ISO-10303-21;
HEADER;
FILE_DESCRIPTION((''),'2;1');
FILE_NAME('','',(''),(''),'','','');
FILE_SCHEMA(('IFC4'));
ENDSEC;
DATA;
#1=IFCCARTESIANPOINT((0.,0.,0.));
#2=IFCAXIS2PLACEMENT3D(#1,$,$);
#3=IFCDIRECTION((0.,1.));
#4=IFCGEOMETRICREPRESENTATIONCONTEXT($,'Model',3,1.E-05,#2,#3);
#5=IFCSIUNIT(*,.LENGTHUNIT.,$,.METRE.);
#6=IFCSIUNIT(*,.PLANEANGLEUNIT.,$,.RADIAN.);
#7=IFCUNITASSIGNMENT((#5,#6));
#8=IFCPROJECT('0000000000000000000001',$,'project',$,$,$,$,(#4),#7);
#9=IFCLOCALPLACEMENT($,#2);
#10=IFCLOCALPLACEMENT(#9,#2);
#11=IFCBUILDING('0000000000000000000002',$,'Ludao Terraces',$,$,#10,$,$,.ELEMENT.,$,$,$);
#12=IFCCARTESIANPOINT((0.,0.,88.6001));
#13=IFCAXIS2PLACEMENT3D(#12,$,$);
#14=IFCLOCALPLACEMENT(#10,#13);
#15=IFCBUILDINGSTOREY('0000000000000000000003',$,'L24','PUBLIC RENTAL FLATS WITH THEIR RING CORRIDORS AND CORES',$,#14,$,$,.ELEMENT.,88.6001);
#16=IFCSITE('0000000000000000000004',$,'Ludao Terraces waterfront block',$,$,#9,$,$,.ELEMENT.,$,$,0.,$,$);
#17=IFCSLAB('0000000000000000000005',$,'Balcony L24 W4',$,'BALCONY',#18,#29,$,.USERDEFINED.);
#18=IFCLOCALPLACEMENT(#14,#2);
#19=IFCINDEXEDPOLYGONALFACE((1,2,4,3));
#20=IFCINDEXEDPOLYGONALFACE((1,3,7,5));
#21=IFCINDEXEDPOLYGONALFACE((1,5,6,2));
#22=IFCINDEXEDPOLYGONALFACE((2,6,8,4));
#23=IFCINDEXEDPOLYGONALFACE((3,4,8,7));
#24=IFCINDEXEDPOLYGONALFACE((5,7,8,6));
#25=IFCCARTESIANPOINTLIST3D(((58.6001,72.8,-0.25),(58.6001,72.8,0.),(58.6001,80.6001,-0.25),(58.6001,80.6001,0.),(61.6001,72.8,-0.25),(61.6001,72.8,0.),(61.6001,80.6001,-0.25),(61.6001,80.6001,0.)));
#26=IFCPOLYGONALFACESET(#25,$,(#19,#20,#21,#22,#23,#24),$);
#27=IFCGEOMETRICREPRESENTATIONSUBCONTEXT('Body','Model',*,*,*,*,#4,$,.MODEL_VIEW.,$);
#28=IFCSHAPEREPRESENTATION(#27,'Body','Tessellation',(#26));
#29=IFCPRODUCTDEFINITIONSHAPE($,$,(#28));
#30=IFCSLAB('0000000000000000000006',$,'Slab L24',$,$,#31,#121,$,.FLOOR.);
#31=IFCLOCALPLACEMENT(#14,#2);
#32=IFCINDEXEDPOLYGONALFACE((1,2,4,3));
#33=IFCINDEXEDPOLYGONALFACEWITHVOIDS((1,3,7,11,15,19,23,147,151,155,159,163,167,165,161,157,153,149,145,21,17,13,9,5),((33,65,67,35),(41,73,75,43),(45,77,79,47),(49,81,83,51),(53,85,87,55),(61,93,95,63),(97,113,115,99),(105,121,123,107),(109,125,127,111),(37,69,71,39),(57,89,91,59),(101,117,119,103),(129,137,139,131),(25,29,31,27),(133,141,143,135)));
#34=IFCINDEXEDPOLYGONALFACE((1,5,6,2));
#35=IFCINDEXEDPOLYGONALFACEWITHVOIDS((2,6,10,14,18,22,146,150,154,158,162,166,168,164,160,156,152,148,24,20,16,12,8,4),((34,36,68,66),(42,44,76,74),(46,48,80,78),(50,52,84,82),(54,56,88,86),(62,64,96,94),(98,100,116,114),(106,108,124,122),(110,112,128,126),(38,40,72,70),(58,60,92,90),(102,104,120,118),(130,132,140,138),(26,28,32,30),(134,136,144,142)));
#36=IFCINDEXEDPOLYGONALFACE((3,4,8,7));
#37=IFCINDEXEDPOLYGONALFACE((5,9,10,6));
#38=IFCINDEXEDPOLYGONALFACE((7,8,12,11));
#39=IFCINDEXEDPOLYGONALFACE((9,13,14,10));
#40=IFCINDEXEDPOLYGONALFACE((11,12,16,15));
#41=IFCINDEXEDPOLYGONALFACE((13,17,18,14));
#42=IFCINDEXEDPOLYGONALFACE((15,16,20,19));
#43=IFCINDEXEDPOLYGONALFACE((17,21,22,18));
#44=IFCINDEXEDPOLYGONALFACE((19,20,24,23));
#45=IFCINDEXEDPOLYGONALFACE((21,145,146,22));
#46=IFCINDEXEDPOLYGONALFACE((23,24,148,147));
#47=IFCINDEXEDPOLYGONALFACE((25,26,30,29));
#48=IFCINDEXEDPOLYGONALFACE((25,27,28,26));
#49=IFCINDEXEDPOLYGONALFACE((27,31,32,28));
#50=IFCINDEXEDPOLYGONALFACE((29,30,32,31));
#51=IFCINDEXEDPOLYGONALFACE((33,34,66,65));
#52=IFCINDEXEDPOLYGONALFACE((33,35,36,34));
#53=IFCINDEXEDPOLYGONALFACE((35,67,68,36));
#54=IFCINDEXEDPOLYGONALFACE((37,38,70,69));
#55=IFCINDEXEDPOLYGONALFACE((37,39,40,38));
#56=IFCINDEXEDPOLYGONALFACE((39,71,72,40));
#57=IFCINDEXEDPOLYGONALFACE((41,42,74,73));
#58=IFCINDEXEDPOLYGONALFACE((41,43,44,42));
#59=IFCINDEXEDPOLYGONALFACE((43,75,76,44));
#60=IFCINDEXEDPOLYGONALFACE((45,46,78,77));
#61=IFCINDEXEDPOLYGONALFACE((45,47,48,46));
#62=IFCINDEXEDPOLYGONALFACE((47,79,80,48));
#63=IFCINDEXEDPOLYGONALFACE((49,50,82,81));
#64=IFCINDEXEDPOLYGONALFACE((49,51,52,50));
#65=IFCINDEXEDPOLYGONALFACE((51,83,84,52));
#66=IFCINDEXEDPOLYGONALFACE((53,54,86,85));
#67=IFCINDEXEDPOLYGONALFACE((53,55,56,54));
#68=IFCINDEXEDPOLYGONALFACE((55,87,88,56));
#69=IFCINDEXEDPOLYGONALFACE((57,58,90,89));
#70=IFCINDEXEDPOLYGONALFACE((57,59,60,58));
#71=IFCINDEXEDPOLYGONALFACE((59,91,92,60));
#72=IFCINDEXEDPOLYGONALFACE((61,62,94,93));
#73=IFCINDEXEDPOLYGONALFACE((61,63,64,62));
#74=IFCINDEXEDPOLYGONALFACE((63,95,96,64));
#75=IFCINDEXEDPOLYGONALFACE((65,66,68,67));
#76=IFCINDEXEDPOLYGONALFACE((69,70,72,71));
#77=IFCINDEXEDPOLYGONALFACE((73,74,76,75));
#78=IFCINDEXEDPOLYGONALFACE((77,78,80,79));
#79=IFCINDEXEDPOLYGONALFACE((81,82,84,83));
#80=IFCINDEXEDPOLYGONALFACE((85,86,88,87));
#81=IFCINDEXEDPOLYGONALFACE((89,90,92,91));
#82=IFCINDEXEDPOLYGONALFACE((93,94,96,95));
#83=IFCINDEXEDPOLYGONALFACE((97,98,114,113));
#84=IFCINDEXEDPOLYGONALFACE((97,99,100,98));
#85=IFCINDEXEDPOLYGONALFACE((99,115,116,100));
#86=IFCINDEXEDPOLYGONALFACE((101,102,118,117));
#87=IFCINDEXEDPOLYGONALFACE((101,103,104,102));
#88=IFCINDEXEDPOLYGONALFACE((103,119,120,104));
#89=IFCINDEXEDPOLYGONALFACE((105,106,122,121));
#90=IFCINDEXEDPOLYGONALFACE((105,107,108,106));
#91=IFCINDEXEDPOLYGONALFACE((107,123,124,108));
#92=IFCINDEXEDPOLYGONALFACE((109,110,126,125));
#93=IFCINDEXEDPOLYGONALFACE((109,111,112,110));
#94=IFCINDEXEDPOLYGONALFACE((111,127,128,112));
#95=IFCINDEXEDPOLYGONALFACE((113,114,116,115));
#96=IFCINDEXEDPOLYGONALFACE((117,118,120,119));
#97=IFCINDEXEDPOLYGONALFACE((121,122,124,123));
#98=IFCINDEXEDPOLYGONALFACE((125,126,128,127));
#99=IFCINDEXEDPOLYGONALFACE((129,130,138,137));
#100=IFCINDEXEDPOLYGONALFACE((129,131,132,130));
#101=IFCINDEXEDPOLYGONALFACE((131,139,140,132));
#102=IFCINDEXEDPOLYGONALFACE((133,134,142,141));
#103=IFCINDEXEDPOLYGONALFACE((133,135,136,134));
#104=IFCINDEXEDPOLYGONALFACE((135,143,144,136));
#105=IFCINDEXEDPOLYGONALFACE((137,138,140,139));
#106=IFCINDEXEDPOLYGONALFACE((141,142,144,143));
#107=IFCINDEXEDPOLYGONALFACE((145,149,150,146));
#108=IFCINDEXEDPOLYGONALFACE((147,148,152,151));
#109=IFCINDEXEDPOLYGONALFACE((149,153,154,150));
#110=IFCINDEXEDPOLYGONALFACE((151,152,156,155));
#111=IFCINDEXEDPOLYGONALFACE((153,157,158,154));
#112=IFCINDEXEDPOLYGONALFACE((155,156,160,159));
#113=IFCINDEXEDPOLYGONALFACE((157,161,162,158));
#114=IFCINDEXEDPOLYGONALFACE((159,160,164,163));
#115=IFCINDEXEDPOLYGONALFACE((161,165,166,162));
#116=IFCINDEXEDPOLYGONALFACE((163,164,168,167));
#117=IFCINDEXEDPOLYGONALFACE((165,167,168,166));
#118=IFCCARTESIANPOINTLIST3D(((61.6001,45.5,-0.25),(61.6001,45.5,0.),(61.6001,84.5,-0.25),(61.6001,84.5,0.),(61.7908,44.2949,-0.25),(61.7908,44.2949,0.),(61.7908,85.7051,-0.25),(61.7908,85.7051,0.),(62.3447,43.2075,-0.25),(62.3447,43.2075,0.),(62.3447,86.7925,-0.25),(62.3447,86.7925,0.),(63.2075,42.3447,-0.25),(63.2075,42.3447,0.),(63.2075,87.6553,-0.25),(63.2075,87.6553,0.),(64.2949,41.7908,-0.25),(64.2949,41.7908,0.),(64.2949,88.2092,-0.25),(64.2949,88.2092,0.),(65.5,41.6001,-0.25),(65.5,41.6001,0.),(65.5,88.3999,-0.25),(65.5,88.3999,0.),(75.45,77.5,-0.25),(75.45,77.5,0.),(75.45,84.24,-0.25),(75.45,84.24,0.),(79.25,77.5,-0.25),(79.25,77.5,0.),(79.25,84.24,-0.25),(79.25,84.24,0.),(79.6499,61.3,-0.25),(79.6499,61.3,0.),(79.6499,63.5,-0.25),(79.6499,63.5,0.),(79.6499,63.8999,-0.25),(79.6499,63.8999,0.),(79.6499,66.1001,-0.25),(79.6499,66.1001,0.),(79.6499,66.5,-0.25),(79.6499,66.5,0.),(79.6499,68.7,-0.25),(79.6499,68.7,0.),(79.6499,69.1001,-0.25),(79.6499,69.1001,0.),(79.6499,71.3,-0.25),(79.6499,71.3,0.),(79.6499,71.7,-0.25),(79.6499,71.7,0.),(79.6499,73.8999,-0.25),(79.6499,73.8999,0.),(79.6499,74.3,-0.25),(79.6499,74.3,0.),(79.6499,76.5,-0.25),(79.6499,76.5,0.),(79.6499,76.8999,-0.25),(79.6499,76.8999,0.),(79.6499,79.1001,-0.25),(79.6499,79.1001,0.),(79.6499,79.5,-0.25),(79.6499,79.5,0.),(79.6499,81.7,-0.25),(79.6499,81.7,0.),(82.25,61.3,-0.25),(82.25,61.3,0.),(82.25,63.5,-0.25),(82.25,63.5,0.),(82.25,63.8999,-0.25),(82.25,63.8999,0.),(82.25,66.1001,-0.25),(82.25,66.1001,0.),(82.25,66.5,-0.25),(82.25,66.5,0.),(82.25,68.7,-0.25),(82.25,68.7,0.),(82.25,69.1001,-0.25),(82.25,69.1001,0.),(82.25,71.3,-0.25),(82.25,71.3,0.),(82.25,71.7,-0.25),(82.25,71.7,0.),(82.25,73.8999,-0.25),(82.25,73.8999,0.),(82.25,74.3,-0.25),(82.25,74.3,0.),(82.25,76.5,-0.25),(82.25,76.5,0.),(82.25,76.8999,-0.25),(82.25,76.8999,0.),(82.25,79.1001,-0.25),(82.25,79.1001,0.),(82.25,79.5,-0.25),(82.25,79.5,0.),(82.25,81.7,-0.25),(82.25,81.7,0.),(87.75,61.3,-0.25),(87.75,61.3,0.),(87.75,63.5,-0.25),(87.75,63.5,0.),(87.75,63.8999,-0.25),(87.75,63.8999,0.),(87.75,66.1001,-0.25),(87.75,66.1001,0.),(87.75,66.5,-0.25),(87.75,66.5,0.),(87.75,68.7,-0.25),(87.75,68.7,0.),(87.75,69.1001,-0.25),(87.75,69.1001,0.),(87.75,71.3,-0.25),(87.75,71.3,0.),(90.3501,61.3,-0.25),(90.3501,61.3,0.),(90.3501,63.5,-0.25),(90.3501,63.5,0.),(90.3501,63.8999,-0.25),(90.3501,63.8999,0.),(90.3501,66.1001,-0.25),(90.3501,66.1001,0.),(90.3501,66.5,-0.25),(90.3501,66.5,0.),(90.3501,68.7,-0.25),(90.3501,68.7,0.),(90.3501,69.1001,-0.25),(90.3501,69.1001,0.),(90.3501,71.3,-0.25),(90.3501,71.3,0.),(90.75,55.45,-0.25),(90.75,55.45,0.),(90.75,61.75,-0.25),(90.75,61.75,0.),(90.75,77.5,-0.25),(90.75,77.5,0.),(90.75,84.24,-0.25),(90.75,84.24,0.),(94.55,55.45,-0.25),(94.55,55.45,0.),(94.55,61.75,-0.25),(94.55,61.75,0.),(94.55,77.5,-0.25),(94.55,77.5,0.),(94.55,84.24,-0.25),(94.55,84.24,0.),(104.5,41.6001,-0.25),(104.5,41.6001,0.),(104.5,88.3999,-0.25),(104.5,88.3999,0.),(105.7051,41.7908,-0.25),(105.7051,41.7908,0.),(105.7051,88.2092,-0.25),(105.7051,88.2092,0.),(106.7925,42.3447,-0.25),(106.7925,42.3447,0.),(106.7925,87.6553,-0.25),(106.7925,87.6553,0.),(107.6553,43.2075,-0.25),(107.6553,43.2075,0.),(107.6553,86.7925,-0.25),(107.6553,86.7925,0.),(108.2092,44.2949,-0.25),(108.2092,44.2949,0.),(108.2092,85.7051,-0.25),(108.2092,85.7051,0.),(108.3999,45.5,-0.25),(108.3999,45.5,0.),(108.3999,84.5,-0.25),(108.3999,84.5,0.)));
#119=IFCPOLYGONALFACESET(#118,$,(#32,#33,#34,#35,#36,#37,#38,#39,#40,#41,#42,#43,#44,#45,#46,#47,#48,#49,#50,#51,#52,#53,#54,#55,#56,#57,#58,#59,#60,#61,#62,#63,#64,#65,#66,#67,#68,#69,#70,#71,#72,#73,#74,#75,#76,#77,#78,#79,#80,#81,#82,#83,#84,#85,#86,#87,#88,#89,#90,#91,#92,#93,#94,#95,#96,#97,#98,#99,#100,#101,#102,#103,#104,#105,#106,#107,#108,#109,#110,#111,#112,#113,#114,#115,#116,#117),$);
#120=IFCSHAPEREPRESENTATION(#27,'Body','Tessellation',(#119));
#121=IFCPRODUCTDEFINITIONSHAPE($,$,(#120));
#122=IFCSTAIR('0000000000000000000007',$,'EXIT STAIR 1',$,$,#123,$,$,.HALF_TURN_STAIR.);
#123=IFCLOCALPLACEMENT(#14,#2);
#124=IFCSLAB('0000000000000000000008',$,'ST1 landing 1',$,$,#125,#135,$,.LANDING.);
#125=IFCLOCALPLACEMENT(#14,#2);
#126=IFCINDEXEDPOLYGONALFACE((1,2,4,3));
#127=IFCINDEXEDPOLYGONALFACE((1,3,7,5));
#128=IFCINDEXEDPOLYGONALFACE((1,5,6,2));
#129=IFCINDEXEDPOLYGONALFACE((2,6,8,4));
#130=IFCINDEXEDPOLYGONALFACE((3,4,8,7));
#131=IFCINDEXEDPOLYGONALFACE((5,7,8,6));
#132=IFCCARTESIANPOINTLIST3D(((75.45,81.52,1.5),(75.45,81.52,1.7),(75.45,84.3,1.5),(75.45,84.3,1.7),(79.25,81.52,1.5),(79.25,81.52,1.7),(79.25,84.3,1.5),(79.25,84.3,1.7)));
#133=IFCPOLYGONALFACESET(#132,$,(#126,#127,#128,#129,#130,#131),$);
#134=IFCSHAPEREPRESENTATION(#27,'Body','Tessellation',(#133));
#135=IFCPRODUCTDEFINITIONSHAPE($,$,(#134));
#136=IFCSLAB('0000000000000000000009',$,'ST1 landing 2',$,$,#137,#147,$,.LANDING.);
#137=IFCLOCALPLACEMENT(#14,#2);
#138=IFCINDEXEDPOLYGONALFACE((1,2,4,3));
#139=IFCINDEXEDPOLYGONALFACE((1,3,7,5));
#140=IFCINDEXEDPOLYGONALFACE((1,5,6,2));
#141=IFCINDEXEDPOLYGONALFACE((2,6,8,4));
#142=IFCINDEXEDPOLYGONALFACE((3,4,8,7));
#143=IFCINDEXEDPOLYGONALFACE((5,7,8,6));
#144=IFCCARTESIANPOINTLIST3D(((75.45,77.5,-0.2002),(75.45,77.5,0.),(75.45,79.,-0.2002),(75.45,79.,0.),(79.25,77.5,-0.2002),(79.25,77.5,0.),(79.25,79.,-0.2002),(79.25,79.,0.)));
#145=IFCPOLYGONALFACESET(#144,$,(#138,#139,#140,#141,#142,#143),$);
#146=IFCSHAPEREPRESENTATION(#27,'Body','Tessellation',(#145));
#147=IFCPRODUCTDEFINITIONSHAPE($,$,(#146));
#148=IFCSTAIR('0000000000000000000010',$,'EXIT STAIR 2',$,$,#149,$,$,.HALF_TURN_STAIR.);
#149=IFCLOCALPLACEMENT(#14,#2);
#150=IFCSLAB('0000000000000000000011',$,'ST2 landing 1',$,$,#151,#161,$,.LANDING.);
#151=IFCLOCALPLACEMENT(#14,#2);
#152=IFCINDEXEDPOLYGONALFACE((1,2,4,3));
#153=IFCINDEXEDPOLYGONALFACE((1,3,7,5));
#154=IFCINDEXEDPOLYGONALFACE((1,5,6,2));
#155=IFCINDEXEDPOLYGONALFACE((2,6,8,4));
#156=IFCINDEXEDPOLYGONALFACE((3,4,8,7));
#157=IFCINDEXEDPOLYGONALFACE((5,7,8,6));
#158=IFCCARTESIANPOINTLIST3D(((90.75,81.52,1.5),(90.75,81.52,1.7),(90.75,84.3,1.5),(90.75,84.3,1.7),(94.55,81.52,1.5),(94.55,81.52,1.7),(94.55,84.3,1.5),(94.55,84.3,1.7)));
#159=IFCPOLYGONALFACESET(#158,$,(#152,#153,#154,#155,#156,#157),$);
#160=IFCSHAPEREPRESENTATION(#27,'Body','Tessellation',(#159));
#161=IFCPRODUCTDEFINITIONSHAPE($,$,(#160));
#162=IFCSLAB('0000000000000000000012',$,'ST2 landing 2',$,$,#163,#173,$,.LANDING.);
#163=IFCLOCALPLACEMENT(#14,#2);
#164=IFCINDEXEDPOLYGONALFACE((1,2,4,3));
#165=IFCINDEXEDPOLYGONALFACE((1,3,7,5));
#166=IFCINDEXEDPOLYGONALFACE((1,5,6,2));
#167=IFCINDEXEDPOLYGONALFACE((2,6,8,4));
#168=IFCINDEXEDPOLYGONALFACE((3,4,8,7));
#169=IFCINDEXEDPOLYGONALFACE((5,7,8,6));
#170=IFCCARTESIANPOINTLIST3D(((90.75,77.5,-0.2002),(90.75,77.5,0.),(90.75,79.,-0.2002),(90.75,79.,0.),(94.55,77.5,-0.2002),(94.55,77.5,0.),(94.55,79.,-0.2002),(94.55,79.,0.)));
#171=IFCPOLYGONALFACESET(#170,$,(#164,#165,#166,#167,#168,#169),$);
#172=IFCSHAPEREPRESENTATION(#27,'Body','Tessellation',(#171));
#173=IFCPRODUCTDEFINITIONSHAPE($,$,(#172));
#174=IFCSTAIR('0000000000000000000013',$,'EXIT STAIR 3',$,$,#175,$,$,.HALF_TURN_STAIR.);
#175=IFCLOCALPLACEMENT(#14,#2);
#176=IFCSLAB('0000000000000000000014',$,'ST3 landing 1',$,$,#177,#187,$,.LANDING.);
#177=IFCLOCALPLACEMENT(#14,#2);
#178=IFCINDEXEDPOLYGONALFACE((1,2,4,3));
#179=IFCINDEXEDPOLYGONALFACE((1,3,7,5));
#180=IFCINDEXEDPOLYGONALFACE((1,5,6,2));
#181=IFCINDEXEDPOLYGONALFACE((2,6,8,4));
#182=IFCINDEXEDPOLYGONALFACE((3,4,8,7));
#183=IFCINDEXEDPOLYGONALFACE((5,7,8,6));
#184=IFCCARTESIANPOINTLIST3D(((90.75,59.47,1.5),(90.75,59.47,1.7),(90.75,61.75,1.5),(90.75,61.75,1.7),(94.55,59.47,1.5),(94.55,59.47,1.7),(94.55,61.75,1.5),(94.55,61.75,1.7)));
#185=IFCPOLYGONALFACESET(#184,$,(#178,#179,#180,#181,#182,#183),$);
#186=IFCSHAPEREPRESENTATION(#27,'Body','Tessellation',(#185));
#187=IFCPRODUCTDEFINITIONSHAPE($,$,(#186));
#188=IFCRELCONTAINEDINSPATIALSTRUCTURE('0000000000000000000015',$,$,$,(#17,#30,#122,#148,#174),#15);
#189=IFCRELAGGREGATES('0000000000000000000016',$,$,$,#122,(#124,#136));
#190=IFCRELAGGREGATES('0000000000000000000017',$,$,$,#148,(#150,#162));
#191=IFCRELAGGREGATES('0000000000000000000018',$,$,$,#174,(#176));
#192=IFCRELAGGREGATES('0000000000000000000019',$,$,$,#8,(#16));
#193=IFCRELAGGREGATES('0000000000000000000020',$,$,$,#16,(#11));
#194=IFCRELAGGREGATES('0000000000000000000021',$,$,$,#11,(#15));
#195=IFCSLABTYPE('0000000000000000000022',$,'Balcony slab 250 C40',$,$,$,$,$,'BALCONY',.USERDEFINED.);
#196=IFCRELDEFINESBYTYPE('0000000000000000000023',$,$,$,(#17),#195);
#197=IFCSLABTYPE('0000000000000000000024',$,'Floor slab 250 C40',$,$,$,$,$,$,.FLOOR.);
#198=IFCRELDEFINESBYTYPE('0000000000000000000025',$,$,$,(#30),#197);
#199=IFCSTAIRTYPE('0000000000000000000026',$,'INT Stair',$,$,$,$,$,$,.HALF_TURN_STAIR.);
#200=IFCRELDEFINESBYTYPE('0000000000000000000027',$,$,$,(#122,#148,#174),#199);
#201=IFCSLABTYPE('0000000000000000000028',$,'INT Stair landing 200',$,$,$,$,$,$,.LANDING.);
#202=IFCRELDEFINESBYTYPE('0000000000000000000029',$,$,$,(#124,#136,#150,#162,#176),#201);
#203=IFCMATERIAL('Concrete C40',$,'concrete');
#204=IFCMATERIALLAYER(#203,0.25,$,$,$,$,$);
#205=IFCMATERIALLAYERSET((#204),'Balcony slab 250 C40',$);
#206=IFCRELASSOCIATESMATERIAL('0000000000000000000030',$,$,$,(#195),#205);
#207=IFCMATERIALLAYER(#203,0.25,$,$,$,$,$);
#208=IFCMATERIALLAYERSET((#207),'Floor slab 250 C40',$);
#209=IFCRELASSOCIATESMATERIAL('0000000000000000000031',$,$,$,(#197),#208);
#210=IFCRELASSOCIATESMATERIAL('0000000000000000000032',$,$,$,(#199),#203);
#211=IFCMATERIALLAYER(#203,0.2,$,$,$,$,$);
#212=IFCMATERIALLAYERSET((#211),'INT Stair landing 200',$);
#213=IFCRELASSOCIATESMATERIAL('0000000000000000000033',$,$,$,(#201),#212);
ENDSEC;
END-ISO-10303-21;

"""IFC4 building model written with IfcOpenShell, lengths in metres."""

from ifc_helpers import new_model, si_unit, direction, frame, origin, place, context, subcontext, project, spatial, polyline, outline, extrude, material, layer, layer_set, type_object, element, aggregate, save


model = new_model("IFC4")

# Units and contexts
model_context = context("Model", 3, precision=1e-05, world=origin(), true_north=direction((0.0, 1.0)))
body_context = subcontext(model_context, "Body", "Model", "MODEL_VIEW")
ifc_project = project(units=[si_unit("LENGTHUNIT", "METRE"), si_unit("PLANEANGLEUNIT", "RADIAN")], contexts=[model_context])

# Site, building, storey
site_placement = place(None, origin())
site = spatial("IfcSite", under=ifc_project, at=site_placement, Name="Ludao Terraces waterfront block", CompositionType="ELEMENT", RefElevation=0.0)
building_placement = place(site_placement, origin())
building = spatial("IfcBuilding", under=site, at=building_placement, Name="Ludao Terraces", CompositionType="ELEMENT")
storey_placement = place(building_placement, frame((0.0, 0.0, 88.6001)))
storey = spatial("IfcBuildingStorey", under=building, at=storey_placement, Name="L24", Description="PUBLIC RENTAL FLATS WITH THEIR RING CORRIDORS AND CORES", CompositionType="ELEMENT", Elevation=88.6001)

# Shared definitions
ifc_material_1 = material(Name="Concrete C40", Category="concrete")

# Slabs
ifc_layer_1 = layer(ifc_material_1, 0.25)
ifc_layer_set_1 = layer_set([ifc_layer_1], Name="Balcony slab 250 C40")
slab_type_1 = type_object("IfcSlabType", Name="Balcony slab 250 C40", ElementType="BALCONY", PredefinedType="USERDEFINED", material=ifc_layer_set_1)
slab_1_placement = place(storey_placement, frame((0.0, 0.0, -0.25)))
element("IfcSlab", 1, at=slab_1_placement, inside=storey, type_object=slab_type_1, Name="Balcony L24 W4", ObjectType="BALCONY", PredefinedType="USERDEFINED", context=body_context, shape_type="SweptSolid", body=[
    extrude(outline(polyline([(58.6001, 72.8), (61.6001, 72.8), (61.6001, 80.6001), (58.6001, 80.6001), (58.6001, 72.8)])), origin(), (0.0, 0.0, 1.0), 0.25),
])
ifc_layer_2 = layer(ifc_material_1, 0.25)
ifc_layer_set_2 = layer_set([ifc_layer_2], Name="Floor slab 250 C40")
slab_type_2 = type_object("IfcSlabType", Name="Floor slab 250 C40", PredefinedType="FLOOR", material=ifc_layer_set_2)
slab_2_placement = place(storey_placement, frame((0.0, 0.0, -0.25)))
element("IfcSlab", 2, at=slab_2_placement, inside=storey, type_object=slab_type_2, Name="Slab L24", PredefinedType="FLOOR", context=body_context, shape_type="SweptSolid", body=[
    extrude(outline(polyline([(104.5, 41.6001), (105.7051, 41.7908), (106.7925, 42.3447), (107.6553, 43.2075), (108.2092, 44.2949), (108.3999, 45.5), (108.3999, 84.5), (108.2092, 85.7051), (107.6553, 86.7925), (106.7925, 87.6553), (105.7051, 88.2092), (104.5, 88.3999), (65.5, 88.3999), (64.2949, 88.2092), (63.2075, 87.6553), (62.3447, 86.7925), (61.7908, 85.7051), (61.6001, 84.5), (61.6001, 45.5), (61.7908, 44.2949), (62.3447, 43.2075), (63.2075, 42.3447), (64.2949, 41.7908), (65.5, 41.6001), (104.5, 41.6001)]), holes=[polyline([(79.6499, 61.3), (82.25, 61.3), (82.25, 63.5), (79.6499, 63.5), (79.6499, 61.3)]), polyline([(79.6499, 63.8999), (82.25, 63.8999), (82.25, 66.1001), (79.6499, 66.1001), (79.6499, 63.8999)]), polyline([(79.6499, 66.5), (82.25, 66.5), (82.25, 68.7), (79.6499, 68.7), (79.6499, 66.5)]), polyline([(79.6499, 69.1001), (82.25, 69.1001), (82.25, 71.3), (79.6499, 71.3), (79.6499, 69.1001)]), polyline([(79.6499, 71.7), (82.25, 71.7), (82.25, 73.8999), (79.6499, 73.8999), (79.6499, 71.7)]), polyline([(79.6499, 74.3), (82.25, 74.3), (82.25, 76.5), (79.6499, 76.5), (79.6499, 74.3)]), polyline([(79.6499, 76.8999), (82.25, 76.8999), (82.25, 79.1001), (79.6499, 79.1001), (79.6499, 76.8999)]), polyline([(79.6499, 79.5), (82.25, 79.5), (82.25, 81.7), (79.6499, 81.7), (79.6499, 79.5)]), polyline([(87.75, 61.3), (90.3501, 61.3), (90.3501, 63.5), (87.75, 63.5), (87.75, 61.3)]), polyline([(87.75, 63.8999), (90.3501, 63.8999), (90.3501, 66.1001), (87.75, 66.1001), (87.75, 63.8999)]), polyline([(87.75, 66.5), (90.3501, 66.5), (90.3501, 68.7), (87.75, 68.7), (87.75, 66.5)]), polyline([(87.75, 69.1001), (90.3501, 69.1001), (90.3501, 71.3), (87.75, 71.3), (87.75, 69.1001)]), polyline([(75.45, 77.5), (79.25, 77.5), (79.25, 84.24), (75.45, 84.24), (75.45, 77.5)]), polyline([(90.75, 77.5), (94.55, 77.5), (94.55, 84.24), (90.75, 84.24), (90.75, 77.5)]), polyline([(90.75, 55.45), (94.55, 55.45), (94.55, 61.75), (90.75, 61.75), (90.75, 55.45)])]), origin(), (0.0, 0.0, 1.0), 0.25),
])

# Stairs, slabs
stair_type = type_object("IfcStairType", Name="INT Stair", PredefinedType="HALF_TURN_STAIR", material=ifc_material_1)
stair_1_placement = place(storey_placement, origin())
stair_1 = element("IfcStair", 3, at=stair_1_placement, inside=storey, type_object=stair_type, Name="EXIT STAIR 1", PredefinedType="HALF_TURN_STAIR")
ifc_layer_3 = layer(ifc_material_1, 0.2)
ifc_layer_set_3 = layer_set([ifc_layer_3], Name="INT Stair landing 200")
slab_type_3 = type_object("IfcSlabType", Name="INT Stair landing 200", PredefinedType="LANDING", material=ifc_layer_set_3)
slab_3_placement = place(storey_placement, frame((0.0, 0.0, 1.5)))
slab_3 = element("IfcSlab", 4, at=slab_3_placement, type_object=slab_type_3, Name="ST1 landing 1", PredefinedType="LANDING", context=body_context, shape_type="SweptSolid", body=[
    extrude(outline(polyline([(75.45, 81.52), (79.25, 81.52), (79.25, 84.3), (75.45, 84.3), (75.45, 81.52)])), origin(), (0.0, 0.0, 1.0), 0.2),
])
slab_4_placement = place(storey_placement, frame((0.0, 0.0, -0.2002)))
slab_4 = element("IfcSlab", 5, at=slab_4_placement, type_object=slab_type_3, Name="ST1 landing 2", PredefinedType="LANDING", context=body_context, shape_type="SweptSolid", body=[
    extrude(outline(polyline([(75.45, 77.5), (79.25, 77.5), (79.25, 79.0), (75.45, 79.0), (75.45, 77.5)])), origin(), (0.0, 0.0, 1.0), 0.2002),
])
aggregate(stair_1, [slab_3, slab_4])
stair_2_placement = place(storey_placement, origin())
stair_2 = element("IfcStair", 6, at=stair_2_placement, inside=storey, type_object=stair_type, Name="EXIT STAIR 2", PredefinedType="HALF_TURN_STAIR")
slab_5_placement = place(storey_placement, frame((0.0, 0.0, 1.5)))
slab_5 = element("IfcSlab", 7, at=slab_5_placement, type_object=slab_type_3, Name="ST2 landing 1", PredefinedType="LANDING", context=body_context, shape_type="SweptSolid", body=[
    extrude(outline(polyline([(90.75, 81.52), (94.55, 81.52), (94.55, 84.3), (90.75, 84.3), (90.75, 81.52)])), origin(), (0.0, 0.0, 1.0), 0.2),
])
slab_6_placement = place(storey_placement, frame((0.0, 0.0, -0.2002)))
slab_6 = element("IfcSlab", 8, at=slab_6_placement, type_object=slab_type_3, Name="ST2 landing 2", PredefinedType="LANDING", context=body_context, shape_type="SweptSolid", body=[
    extrude(outline(polyline([(90.75, 77.5), (94.55, 77.5), (94.55, 79.0), (90.75, 79.0), (90.75, 77.5)])), origin(), (0.0, 0.0, 1.0), 0.2002),
])
aggregate(stair_2, [slab_5, slab_6])
stair_3_placement = place(storey_placement, origin())
stair_3 = element("IfcStair", 9, at=stair_3_placement, inside=storey, type_object=stair_type, Name="EXIT STAIR 3", PredefinedType="HALF_TURN_STAIR")
slab_7_placement = place(storey_placement, frame((0.0, 0.0, 1.5)))
slab_7 = element("IfcSlab", 10, at=slab_7_placement, type_object=slab_type_3, Name="ST3 landing 1", PredefinedType="LANDING", context=body_context, shape_type="SweptSolid", body=[
    extrude(outline(polyline([(90.75, 59.47), (94.55, 59.47), (94.55, 61.75), (90.75, 61.75), (90.75, 59.47)])), origin(), (0.0, 0.0, 1.0), 0.2),
])
aggregate(stair_3, [slab_7])

save(model, "model.ifc")
